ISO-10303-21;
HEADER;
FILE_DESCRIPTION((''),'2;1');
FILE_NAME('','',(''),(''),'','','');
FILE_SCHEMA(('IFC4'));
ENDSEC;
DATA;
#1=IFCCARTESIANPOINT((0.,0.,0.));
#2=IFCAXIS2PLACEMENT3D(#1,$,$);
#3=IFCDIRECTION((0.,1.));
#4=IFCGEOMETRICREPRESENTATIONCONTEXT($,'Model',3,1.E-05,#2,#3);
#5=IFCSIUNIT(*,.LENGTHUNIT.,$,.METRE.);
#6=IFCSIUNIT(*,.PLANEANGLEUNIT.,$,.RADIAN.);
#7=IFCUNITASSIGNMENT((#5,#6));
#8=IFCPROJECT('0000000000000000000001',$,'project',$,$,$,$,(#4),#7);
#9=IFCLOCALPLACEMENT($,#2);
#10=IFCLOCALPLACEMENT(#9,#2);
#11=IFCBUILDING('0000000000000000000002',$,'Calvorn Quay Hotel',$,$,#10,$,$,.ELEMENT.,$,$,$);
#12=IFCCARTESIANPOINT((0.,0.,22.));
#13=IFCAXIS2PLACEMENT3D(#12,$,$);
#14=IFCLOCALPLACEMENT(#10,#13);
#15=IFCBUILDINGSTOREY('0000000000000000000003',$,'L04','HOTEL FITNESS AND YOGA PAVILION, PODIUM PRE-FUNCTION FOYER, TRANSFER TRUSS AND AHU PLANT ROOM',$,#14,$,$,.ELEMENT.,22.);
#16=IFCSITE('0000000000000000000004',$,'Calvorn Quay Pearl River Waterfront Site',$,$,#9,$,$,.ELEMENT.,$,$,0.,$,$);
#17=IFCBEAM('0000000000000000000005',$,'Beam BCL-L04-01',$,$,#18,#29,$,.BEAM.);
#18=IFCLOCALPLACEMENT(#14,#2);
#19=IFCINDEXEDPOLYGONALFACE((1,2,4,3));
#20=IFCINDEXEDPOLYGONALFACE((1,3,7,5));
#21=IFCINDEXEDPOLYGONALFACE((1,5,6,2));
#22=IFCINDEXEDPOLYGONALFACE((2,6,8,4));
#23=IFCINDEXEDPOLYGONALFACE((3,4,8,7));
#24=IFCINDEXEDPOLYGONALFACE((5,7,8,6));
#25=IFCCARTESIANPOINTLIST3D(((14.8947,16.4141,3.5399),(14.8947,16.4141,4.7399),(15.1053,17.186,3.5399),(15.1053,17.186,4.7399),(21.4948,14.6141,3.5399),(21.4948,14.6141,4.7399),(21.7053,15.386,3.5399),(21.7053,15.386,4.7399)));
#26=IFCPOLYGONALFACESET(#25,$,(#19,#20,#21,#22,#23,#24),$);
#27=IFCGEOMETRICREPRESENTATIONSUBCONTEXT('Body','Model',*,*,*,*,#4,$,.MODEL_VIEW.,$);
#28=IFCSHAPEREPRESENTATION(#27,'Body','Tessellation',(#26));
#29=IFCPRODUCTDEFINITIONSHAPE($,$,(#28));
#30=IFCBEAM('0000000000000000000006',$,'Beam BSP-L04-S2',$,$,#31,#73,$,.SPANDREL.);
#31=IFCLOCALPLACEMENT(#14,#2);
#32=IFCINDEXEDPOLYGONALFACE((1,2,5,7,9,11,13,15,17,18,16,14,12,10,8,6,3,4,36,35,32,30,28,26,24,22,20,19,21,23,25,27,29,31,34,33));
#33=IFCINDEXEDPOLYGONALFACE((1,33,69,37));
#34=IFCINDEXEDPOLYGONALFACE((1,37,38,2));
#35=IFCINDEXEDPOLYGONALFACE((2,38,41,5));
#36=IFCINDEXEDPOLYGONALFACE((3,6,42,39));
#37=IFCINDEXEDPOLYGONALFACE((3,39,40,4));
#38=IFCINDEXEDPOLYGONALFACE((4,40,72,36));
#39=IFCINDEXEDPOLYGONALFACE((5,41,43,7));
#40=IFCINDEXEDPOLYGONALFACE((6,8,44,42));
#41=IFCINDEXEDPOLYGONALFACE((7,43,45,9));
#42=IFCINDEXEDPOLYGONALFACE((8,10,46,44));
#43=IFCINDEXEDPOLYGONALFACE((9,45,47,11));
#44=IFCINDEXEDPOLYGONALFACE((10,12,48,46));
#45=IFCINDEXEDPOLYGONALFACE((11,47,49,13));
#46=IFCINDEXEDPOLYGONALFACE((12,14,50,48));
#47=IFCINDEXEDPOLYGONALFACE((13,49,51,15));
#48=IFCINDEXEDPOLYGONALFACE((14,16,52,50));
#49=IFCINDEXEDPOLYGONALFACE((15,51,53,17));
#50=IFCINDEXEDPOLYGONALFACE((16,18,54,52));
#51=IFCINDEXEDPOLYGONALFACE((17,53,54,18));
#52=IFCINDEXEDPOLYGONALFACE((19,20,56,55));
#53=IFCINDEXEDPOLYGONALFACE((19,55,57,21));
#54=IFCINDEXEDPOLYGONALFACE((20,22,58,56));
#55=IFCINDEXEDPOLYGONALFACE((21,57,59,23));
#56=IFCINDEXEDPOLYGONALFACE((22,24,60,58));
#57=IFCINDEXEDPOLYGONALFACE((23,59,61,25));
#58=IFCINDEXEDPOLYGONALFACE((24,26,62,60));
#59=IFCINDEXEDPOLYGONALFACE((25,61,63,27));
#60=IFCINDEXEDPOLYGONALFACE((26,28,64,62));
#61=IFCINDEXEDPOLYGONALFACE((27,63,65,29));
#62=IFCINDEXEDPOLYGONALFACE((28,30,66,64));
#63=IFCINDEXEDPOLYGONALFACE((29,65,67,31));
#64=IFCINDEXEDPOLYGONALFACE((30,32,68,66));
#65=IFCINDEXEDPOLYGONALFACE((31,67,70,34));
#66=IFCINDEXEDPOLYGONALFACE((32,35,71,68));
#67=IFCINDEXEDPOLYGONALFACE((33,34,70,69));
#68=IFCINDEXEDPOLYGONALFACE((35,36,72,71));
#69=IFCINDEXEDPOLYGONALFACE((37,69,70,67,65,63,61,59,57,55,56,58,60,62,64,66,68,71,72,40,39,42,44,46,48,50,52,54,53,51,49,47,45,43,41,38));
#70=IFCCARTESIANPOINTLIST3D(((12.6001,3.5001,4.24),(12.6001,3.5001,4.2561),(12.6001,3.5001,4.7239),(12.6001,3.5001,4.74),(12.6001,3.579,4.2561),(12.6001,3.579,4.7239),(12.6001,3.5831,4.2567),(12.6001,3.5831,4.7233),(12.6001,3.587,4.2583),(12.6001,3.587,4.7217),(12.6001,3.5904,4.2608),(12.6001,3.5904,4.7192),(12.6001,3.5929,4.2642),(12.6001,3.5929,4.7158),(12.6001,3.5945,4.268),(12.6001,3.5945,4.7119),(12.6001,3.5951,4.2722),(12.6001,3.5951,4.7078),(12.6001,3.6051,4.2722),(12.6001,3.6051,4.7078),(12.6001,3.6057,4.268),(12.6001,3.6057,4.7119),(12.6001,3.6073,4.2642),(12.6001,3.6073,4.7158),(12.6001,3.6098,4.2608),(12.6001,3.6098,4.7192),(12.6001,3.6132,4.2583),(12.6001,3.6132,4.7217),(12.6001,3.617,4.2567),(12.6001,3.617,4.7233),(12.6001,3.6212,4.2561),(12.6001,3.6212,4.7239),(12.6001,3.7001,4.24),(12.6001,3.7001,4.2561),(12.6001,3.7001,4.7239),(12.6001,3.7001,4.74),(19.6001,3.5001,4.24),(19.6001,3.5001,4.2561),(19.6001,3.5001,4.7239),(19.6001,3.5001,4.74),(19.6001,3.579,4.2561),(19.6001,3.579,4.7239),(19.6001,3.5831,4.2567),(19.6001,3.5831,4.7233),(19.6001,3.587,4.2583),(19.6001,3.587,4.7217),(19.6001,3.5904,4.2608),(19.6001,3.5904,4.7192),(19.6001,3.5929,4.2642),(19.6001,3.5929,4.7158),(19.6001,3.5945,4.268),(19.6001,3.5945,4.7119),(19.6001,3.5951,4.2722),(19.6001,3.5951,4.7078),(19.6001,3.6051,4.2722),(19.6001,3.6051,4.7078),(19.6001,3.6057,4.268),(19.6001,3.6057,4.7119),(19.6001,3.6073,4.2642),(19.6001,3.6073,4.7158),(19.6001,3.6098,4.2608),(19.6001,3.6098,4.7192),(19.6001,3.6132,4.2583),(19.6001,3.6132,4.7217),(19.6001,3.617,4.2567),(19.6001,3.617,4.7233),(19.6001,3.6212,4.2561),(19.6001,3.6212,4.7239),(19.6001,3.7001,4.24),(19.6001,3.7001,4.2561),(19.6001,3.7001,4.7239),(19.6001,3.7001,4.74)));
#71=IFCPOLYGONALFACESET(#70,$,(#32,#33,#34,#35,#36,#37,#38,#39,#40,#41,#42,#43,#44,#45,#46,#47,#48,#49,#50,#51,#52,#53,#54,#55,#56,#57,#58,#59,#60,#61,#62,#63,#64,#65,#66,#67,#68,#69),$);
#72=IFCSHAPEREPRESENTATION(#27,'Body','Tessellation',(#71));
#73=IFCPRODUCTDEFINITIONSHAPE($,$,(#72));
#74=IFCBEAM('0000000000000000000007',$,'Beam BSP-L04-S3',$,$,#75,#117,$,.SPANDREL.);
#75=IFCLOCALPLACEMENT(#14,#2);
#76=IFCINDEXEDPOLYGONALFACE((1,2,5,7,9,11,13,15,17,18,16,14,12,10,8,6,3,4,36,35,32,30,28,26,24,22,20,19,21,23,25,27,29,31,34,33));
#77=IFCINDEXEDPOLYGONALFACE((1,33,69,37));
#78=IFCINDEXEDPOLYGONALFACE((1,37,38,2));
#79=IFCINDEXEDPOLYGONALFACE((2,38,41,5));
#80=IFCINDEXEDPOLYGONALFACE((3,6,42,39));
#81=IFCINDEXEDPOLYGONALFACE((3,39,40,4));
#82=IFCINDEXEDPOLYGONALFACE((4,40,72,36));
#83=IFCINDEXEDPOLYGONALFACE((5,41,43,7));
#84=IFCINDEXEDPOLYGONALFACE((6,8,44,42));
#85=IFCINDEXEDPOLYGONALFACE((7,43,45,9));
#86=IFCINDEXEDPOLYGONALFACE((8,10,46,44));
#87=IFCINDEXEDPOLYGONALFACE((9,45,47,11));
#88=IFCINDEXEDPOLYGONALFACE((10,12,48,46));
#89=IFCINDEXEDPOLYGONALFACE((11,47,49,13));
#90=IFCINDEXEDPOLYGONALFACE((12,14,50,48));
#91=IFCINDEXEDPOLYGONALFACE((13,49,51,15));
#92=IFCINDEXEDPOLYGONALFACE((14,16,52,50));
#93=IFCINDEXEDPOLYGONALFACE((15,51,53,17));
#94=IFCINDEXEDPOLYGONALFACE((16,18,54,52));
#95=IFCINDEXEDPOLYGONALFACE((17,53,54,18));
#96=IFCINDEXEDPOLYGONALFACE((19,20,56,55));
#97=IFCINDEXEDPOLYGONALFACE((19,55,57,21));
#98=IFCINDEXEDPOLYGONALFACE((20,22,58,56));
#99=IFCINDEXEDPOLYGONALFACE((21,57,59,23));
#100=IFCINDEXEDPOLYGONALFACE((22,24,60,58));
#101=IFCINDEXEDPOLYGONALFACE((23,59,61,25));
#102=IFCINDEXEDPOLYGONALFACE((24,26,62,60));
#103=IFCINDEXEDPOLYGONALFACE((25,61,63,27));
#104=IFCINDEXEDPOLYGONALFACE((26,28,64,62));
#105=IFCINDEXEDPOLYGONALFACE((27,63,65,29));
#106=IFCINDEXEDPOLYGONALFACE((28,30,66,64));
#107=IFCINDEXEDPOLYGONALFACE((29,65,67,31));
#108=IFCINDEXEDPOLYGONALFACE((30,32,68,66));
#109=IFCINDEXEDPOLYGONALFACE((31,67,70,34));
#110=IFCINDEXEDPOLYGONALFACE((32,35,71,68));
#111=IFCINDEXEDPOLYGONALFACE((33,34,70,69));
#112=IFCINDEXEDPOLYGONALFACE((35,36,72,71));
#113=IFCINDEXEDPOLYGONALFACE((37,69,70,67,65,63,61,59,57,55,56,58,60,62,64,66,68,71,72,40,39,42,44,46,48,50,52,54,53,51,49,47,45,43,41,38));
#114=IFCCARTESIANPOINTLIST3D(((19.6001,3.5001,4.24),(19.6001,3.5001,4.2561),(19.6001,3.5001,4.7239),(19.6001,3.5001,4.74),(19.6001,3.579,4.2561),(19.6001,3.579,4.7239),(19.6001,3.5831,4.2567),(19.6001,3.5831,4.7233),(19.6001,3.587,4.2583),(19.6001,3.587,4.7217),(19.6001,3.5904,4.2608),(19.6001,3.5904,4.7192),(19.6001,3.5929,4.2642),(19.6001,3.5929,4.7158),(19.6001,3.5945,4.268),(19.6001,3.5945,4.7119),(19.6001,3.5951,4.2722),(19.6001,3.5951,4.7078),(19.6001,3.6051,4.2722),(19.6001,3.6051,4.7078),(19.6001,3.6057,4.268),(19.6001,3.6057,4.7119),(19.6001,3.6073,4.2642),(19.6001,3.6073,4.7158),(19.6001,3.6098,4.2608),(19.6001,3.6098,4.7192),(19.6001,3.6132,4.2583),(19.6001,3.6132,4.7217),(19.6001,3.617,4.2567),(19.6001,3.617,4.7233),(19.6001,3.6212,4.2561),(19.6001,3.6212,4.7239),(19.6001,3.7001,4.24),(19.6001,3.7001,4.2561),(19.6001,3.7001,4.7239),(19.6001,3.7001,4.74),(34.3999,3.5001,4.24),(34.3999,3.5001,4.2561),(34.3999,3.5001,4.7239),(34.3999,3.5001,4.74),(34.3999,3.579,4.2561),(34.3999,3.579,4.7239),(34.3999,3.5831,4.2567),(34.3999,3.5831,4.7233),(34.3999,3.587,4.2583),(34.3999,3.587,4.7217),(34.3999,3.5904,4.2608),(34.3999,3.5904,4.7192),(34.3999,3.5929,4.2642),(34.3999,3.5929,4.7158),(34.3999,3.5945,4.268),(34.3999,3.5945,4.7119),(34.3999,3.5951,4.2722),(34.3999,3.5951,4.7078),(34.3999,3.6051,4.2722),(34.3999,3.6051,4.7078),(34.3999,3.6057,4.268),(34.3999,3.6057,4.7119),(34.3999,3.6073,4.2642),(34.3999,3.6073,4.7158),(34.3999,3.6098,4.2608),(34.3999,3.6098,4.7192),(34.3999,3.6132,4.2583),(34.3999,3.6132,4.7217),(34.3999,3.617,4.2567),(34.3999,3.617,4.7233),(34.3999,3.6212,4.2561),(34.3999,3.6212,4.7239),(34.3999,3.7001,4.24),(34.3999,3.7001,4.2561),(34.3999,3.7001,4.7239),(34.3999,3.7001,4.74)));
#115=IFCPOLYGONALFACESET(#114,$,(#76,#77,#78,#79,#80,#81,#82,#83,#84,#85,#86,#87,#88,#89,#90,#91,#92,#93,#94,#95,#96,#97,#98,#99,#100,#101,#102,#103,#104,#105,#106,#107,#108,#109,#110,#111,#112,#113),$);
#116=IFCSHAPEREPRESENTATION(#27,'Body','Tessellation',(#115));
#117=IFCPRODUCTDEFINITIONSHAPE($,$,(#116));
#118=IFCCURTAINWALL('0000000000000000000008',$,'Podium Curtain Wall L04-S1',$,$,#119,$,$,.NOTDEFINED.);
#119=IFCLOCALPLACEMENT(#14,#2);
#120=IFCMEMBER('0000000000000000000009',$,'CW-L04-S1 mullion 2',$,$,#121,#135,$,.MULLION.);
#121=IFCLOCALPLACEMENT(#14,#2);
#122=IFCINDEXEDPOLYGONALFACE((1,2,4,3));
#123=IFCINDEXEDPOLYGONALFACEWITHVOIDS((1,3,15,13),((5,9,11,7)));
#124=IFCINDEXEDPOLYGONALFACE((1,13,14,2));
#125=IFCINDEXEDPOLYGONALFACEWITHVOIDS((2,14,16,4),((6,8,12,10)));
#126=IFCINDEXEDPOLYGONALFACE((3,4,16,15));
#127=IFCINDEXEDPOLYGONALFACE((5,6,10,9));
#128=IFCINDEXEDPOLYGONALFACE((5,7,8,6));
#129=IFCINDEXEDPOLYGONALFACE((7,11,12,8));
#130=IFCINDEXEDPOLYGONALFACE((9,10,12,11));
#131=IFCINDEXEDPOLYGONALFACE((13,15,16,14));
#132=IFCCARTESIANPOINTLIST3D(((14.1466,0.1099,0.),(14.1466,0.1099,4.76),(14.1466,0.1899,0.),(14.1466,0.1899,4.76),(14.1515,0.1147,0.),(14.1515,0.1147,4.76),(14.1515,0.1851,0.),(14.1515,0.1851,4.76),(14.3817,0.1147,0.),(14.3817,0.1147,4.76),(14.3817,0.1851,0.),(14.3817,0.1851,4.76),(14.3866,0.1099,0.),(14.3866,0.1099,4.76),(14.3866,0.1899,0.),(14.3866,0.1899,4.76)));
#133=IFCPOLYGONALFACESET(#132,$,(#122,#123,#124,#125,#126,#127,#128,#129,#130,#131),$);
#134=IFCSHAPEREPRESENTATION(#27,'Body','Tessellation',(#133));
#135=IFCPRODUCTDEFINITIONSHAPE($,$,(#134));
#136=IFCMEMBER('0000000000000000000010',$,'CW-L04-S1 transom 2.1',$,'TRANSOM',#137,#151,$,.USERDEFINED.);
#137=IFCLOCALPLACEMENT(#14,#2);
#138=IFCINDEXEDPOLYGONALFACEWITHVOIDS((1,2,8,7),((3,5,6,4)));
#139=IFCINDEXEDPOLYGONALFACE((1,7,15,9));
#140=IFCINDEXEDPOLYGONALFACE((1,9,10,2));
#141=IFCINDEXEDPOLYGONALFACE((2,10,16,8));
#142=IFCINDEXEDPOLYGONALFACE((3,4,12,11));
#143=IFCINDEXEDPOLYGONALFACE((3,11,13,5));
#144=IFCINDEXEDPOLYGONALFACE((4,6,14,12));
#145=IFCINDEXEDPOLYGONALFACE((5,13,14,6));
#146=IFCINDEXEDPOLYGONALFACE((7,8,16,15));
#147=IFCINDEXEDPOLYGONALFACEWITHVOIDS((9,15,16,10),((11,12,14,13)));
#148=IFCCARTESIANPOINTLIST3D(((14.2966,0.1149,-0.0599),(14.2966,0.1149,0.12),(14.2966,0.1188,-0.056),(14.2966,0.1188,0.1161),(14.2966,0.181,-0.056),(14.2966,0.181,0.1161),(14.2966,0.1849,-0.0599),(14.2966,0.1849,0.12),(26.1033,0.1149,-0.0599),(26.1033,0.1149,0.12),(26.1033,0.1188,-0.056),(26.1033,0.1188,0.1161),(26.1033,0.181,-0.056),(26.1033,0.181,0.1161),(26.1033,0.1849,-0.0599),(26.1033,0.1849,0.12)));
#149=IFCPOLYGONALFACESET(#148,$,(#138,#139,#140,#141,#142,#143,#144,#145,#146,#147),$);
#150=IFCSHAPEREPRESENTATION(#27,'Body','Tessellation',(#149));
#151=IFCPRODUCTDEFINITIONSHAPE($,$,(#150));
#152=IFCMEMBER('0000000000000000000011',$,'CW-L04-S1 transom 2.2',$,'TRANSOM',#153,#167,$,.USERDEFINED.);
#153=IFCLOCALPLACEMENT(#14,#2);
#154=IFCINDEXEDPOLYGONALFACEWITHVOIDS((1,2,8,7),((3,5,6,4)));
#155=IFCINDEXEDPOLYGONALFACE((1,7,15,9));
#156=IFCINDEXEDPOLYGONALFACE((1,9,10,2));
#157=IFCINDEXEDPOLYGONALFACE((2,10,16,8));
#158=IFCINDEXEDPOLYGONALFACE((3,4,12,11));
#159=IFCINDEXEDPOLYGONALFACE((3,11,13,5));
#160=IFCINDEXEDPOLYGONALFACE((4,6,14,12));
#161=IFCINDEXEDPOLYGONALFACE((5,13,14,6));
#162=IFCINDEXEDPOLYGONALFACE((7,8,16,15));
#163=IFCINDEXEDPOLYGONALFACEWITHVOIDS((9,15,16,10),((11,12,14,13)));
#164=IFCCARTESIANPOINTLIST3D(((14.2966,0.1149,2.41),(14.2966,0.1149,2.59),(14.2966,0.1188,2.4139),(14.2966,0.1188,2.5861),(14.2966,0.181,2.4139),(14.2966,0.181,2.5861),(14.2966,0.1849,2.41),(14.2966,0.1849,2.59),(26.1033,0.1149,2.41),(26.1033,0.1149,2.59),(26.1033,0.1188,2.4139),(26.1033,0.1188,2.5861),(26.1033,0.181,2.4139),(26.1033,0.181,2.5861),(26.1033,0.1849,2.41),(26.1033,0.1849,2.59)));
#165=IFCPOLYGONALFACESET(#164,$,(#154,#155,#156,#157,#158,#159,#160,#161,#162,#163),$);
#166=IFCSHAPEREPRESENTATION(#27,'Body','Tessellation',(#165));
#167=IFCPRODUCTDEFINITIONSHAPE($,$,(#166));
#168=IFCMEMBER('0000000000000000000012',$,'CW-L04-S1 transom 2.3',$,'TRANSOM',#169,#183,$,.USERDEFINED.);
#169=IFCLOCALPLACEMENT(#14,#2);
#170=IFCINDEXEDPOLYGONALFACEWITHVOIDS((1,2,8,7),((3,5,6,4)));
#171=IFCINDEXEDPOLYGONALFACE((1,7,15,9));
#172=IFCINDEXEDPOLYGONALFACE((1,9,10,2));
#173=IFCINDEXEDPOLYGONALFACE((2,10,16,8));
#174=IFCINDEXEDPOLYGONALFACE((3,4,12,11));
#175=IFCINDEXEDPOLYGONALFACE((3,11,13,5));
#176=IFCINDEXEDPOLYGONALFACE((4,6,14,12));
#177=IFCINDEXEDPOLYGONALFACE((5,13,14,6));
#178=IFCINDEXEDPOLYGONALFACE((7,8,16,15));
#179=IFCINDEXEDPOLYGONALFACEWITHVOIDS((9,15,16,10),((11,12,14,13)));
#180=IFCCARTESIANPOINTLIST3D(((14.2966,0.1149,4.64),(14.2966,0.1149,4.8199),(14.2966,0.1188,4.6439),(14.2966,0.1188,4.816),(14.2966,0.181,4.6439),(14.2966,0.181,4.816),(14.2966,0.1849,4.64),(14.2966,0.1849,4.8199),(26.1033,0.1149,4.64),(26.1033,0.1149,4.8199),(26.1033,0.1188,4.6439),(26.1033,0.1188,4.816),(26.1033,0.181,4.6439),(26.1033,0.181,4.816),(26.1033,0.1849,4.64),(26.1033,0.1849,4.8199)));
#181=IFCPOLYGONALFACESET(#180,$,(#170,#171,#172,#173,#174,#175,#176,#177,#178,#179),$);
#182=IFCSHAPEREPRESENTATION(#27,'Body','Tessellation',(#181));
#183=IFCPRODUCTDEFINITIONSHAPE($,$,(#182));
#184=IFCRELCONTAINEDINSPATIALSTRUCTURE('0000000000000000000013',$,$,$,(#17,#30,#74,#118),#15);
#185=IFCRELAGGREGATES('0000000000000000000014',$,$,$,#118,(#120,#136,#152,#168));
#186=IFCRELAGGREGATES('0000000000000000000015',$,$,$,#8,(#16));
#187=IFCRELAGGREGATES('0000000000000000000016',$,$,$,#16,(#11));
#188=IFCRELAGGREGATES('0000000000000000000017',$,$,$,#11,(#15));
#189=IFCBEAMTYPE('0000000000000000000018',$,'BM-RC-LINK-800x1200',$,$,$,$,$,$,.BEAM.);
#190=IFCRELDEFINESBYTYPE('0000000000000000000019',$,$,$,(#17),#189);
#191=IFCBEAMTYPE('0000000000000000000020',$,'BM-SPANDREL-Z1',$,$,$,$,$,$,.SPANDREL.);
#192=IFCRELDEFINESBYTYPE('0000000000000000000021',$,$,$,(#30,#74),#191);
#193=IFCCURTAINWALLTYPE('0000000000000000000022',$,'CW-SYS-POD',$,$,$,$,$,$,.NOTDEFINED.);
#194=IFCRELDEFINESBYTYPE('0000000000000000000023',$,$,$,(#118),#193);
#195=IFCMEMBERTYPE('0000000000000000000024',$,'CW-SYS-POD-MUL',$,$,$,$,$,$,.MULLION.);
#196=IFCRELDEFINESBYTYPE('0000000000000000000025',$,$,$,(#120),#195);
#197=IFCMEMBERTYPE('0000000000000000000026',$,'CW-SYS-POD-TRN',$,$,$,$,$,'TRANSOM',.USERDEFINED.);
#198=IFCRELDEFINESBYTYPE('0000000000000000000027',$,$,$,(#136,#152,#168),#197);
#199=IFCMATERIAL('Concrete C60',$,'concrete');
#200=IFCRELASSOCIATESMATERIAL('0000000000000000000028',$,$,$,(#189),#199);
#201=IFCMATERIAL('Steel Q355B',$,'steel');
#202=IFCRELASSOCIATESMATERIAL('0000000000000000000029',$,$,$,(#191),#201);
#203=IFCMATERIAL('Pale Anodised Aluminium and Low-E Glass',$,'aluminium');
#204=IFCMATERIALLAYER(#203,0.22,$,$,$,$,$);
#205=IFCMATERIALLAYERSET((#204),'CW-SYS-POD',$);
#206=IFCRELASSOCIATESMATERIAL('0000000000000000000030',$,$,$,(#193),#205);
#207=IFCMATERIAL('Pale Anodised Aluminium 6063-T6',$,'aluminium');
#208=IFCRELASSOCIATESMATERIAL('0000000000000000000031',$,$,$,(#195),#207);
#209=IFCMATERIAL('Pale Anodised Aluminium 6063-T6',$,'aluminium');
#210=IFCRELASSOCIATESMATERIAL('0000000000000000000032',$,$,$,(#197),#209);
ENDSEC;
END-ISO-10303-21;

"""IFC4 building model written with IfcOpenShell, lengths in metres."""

from ifc_helpers import new_model, si_unit, direction, frame, origin, origin_2d, place, context, subcontext, project, spatial, rectangle, hollow_rectangle, i_section, extrude, material, layer, layer_set, material_profile, profile_set, type_object, element, aggregate, save


model = new_model("IFC4")

# Units and contexts
model_context = context("Model", 3, precision=1e-05, world=origin(), true_north=direction((0.0, 1.0)))
body_context = subcontext(model_context, "Body", "Model", "MODEL_VIEW")
ifc_project = project(units=[si_unit("LENGTHUNIT", "METRE"), si_unit("PLANEANGLEUNIT", "RADIAN")], contexts=[model_context])

# Site, building, storey
site_placement = place(None, origin())
site = spatial("IfcSite", under=ifc_project, at=site_placement, Name="Calvorn Quay Pearl River Waterfront Site", CompositionType="ELEMENT", RefElevation=0.0)
building_placement = place(site_placement, origin())
building = spatial("IfcBuilding", under=site, at=building_placement, Name="Calvorn Quay Hotel", CompositionType="ELEMENT")
storey_placement = place(building_placement, frame((0.0, 0.0, 22.0)))
storey = spatial("IfcBuildingStorey", under=building, at=storey_placement, Name="L04", Description="HOTEL FITNESS AND YOGA PAVILION, PODIUM PRE-FUNCTION FOYER, TRANSFER TRUSS AND AHU PLANT ROOM", CompositionType="ELEMENT", Elevation=22.0)

# Beams
ifc_material_1 = material(Name="Concrete C60", Category="concrete")
ifc_material_profile_1 = material_profile(ifc_material_1, rectangle(XDim=0.8, YDim=1.2, at=origin_2d()), Name="RCB800x1200")
ifc_profile_set_1 = profile_set([ifc_material_profile_1], Name="Concrete C60")
beam_type_1 = type_object("IfcBeamType", Name="BM-RC-LINK-800x1200", PredefinedType="BEAM", material=ifc_profile_set_1)
beam_1_placement = place(storey_placement, frame((15.0, 16.8, 4.1399), z_axis=(0.964763, -0.26312, 0.0), x_axis=(0.26312, 0.964763, 0.0)))
element("IfcBeam", 1, at=beam_1_placement, inside=storey, type_object=beam_type_1, Name="Beam BCL-L04-01", PredefinedType="BEAM", context=body_context, shape_type="SweptSolid", body=[
    extrude(rectangle(XDim=0.8, YDim=1.2, at=origin_2d()), origin(), (0.0, 0.0, 1.0), 6.8411),
])
ifc_material_2 = material(Name="Steel Q355B", Category="steel")
ifc_material_profile_2 = material_profile(ifc_material_2, i_section(OverallWidth=0.2, OverallDepth=0.5, WebThickness=0.01, FlangeThickness=0.0161, FilletRadius=0.0161, at=origin_2d()), Name="HN500x200x10x16")
ifc_profile_set_2 = profile_set([ifc_material_profile_2], Name="Steel Q355B")
beam_type_2 = type_object("IfcBeamType", Name="BM-SPANDREL-Z1", PredefinedType="SPANDREL", material=ifc_profile_set_2)
beam_2_placement = place(storey_placement, frame((12.6001, 3.6001, 4.49), z_axis=(1.0, 0.0, 0.0), x_axis=(0.0, 1.0, 0.0)))
element("IfcBeam", 2, at=beam_2_placement, inside=storey, type_object=beam_type_2, Name="Beam BSP-L04-S2", PredefinedType="SPANDREL", context=body_context, shape_type="SweptSolid", body=[
    extrude(i_section(OverallWidth=0.2, OverallDepth=0.5, WebThickness=0.01, FlangeThickness=0.0161, FilletRadius=0.0161, at=origin_2d()), origin(), (0.0, 0.0, 1.0), 7.0),
])
beam_3_placement = place(storey_placement, frame((19.6001, 3.6001, 4.49), z_axis=(1.0, 0.0, 0.0), x_axis=(0.0, 1.0, 0.0)))
element("IfcBeam", 3, at=beam_3_placement, inside=storey, type_object=beam_type_2, Name="Beam BSP-L04-S3", PredefinedType="SPANDREL", context=body_context, shape_type="SweptSolid", body=[
    extrude(i_section(OverallWidth=0.2, OverallDepth=0.5, WebThickness=0.01, FlangeThickness=0.0161, FilletRadius=0.0161, at=origin_2d()), origin(), (0.0, 0.0, 1.0), 14.7998),
])

# Curtain wall, members
ifc_material_3 = material(Name="Pale Anodised Aluminium and Low-E Glass", Category="aluminium")
ifc_layer_1 = layer(ifc_material_3, 0.22)
ifc_layer_set_1 = layer_set([ifc_layer_1], Name="CW-SYS-POD")
curtain_wall_type = type_object("IfcCurtainWallType", Name="CW-SYS-POD", PredefinedType="NOTDEFINED", material=ifc_layer_set_1)
curtain_wall_placement = place(storey_placement, origin())
curtain_wall = element("IfcCurtainWall", 4, at=curtain_wall_placement, inside=storey, type_object=curtain_wall_type, Name="Podium Curtain Wall L04-S1", PredefinedType="NOTDEFINED")
ifc_material_4 = material(Name="Pale Anodised Aluminium 6063-T6", Category="aluminium")
ifc_material_profile_3 = material_profile(ifc_material_4, hollow_rectangle(XDim=0.0801, YDim=0.24, WallThickness=0.0049, at=origin_2d()), Name="ALU-M240x80x5")
ifc_profile_set_3 = profile_set([ifc_material_profile_3], Name="Pale Anodised Aluminium 6063-T6")
member_type_1 = type_object("IfcMemberType", Name="CW-SYS-POD-MUL", PredefinedType="MULLION", material=ifc_profile_set_3)
member_1_placement = place(storey_placement, frame((14.2666, 0.1499, 0.0), z_axis=(0.0, 0.0, 1.0), x_axis=(0.0, 1.0, 0.0)))
member_1 = element("IfcMember", 5, at=member_1_placement, type_object=member_type_1, Name="CW-L04-S1 mullion 2", PredefinedType="MULLION", context=body_context, shape_type="SweptSolid", body=[
    extrude(hollow_rectangle(XDim=0.0801, YDim=0.24, WallThickness=0.0049, at=origin_2d()), origin(), (0.0, 0.0, 1.0), 4.76),
])
ifc_material_5 = material(Name="Pale Anodised Aluminium 6063-T6", Category="aluminium")
ifc_material_profile_4 = material_profile(ifc_material_5, hollow_rectangle(XDim=0.0701, YDim=0.1799, WallThickness=0.0039, at=origin_2d()), Name="ALU-T180x70x4")
ifc_profile_set_4 = profile_set([ifc_material_profile_4], Name="Pale Anodised Aluminium 6063-T6")
member_type_2 = type_object("IfcMemberType", Name="CW-SYS-POD-TRN", ElementType="TRANSOM", PredefinedType="USERDEFINED", material=ifc_profile_set_4)
member_2_placement = place(storey_placement, frame((14.2966, 0.1499, 0.03), z_axis=(1.0, 0.0, 0.0), x_axis=(0.0, 1.0, 0.0)))
member_2 = element("IfcMember", 6, at=member_2_placement, type_object=member_type_2, Name="CW-L04-S1 transom 2.1", ObjectType="TRANSOM", PredefinedType="USERDEFINED", context=body_context, shape_type="SweptSolid", body=[
    extrude(hollow_rectangle(XDim=0.0701, YDim=0.1799, WallThickness=0.0039, at=origin_2d()), origin(), (0.0, 0.0, 1.0), 11.8066),
])
member_3_placement = place(storey_placement, frame((14.2966, 0.1499, 2.5), z_axis=(1.0, 0.0, 0.0), x_axis=(0.0, 1.0, 0.0)))
member_3 = element("IfcMember", 7, at=member_3_placement, type_object=member_type_2, Name="CW-L04-S1 transom 2.2", ObjectType="TRANSOM", PredefinedType="USERDEFINED", context=body_context, shape_type="SweptSolid", body=[
    extrude(hollow_rectangle(XDim=0.0701, YDim=0.1799, WallThickness=0.0039, at=origin_2d()), origin(), (0.0, 0.0, 1.0), 11.8066),
])
member_4_placement = place(storey_placement, frame((14.2966, 0.1499, 4.73), z_axis=(1.0, 0.0, 0.0), x_axis=(0.0, 1.0, 0.0)))
member_4 = element("IfcMember", 8, at=member_4_placement, type_object=member_type_2, Name="CW-L04-S1 transom 2.3", ObjectType="TRANSOM", PredefinedType="USERDEFINED", context=body_context, shape_type="SweptSolid", body=[
    extrude(hollow_rectangle(XDim=0.0701, YDim=0.1799, WallThickness=0.0039, at=origin_2d()), origin(), (0.0, 0.0, 1.0), 11.8066),
])
aggregate(curtain_wall, [member_1, member_2, member_3, member_4])

save(model, "model.ifc")
